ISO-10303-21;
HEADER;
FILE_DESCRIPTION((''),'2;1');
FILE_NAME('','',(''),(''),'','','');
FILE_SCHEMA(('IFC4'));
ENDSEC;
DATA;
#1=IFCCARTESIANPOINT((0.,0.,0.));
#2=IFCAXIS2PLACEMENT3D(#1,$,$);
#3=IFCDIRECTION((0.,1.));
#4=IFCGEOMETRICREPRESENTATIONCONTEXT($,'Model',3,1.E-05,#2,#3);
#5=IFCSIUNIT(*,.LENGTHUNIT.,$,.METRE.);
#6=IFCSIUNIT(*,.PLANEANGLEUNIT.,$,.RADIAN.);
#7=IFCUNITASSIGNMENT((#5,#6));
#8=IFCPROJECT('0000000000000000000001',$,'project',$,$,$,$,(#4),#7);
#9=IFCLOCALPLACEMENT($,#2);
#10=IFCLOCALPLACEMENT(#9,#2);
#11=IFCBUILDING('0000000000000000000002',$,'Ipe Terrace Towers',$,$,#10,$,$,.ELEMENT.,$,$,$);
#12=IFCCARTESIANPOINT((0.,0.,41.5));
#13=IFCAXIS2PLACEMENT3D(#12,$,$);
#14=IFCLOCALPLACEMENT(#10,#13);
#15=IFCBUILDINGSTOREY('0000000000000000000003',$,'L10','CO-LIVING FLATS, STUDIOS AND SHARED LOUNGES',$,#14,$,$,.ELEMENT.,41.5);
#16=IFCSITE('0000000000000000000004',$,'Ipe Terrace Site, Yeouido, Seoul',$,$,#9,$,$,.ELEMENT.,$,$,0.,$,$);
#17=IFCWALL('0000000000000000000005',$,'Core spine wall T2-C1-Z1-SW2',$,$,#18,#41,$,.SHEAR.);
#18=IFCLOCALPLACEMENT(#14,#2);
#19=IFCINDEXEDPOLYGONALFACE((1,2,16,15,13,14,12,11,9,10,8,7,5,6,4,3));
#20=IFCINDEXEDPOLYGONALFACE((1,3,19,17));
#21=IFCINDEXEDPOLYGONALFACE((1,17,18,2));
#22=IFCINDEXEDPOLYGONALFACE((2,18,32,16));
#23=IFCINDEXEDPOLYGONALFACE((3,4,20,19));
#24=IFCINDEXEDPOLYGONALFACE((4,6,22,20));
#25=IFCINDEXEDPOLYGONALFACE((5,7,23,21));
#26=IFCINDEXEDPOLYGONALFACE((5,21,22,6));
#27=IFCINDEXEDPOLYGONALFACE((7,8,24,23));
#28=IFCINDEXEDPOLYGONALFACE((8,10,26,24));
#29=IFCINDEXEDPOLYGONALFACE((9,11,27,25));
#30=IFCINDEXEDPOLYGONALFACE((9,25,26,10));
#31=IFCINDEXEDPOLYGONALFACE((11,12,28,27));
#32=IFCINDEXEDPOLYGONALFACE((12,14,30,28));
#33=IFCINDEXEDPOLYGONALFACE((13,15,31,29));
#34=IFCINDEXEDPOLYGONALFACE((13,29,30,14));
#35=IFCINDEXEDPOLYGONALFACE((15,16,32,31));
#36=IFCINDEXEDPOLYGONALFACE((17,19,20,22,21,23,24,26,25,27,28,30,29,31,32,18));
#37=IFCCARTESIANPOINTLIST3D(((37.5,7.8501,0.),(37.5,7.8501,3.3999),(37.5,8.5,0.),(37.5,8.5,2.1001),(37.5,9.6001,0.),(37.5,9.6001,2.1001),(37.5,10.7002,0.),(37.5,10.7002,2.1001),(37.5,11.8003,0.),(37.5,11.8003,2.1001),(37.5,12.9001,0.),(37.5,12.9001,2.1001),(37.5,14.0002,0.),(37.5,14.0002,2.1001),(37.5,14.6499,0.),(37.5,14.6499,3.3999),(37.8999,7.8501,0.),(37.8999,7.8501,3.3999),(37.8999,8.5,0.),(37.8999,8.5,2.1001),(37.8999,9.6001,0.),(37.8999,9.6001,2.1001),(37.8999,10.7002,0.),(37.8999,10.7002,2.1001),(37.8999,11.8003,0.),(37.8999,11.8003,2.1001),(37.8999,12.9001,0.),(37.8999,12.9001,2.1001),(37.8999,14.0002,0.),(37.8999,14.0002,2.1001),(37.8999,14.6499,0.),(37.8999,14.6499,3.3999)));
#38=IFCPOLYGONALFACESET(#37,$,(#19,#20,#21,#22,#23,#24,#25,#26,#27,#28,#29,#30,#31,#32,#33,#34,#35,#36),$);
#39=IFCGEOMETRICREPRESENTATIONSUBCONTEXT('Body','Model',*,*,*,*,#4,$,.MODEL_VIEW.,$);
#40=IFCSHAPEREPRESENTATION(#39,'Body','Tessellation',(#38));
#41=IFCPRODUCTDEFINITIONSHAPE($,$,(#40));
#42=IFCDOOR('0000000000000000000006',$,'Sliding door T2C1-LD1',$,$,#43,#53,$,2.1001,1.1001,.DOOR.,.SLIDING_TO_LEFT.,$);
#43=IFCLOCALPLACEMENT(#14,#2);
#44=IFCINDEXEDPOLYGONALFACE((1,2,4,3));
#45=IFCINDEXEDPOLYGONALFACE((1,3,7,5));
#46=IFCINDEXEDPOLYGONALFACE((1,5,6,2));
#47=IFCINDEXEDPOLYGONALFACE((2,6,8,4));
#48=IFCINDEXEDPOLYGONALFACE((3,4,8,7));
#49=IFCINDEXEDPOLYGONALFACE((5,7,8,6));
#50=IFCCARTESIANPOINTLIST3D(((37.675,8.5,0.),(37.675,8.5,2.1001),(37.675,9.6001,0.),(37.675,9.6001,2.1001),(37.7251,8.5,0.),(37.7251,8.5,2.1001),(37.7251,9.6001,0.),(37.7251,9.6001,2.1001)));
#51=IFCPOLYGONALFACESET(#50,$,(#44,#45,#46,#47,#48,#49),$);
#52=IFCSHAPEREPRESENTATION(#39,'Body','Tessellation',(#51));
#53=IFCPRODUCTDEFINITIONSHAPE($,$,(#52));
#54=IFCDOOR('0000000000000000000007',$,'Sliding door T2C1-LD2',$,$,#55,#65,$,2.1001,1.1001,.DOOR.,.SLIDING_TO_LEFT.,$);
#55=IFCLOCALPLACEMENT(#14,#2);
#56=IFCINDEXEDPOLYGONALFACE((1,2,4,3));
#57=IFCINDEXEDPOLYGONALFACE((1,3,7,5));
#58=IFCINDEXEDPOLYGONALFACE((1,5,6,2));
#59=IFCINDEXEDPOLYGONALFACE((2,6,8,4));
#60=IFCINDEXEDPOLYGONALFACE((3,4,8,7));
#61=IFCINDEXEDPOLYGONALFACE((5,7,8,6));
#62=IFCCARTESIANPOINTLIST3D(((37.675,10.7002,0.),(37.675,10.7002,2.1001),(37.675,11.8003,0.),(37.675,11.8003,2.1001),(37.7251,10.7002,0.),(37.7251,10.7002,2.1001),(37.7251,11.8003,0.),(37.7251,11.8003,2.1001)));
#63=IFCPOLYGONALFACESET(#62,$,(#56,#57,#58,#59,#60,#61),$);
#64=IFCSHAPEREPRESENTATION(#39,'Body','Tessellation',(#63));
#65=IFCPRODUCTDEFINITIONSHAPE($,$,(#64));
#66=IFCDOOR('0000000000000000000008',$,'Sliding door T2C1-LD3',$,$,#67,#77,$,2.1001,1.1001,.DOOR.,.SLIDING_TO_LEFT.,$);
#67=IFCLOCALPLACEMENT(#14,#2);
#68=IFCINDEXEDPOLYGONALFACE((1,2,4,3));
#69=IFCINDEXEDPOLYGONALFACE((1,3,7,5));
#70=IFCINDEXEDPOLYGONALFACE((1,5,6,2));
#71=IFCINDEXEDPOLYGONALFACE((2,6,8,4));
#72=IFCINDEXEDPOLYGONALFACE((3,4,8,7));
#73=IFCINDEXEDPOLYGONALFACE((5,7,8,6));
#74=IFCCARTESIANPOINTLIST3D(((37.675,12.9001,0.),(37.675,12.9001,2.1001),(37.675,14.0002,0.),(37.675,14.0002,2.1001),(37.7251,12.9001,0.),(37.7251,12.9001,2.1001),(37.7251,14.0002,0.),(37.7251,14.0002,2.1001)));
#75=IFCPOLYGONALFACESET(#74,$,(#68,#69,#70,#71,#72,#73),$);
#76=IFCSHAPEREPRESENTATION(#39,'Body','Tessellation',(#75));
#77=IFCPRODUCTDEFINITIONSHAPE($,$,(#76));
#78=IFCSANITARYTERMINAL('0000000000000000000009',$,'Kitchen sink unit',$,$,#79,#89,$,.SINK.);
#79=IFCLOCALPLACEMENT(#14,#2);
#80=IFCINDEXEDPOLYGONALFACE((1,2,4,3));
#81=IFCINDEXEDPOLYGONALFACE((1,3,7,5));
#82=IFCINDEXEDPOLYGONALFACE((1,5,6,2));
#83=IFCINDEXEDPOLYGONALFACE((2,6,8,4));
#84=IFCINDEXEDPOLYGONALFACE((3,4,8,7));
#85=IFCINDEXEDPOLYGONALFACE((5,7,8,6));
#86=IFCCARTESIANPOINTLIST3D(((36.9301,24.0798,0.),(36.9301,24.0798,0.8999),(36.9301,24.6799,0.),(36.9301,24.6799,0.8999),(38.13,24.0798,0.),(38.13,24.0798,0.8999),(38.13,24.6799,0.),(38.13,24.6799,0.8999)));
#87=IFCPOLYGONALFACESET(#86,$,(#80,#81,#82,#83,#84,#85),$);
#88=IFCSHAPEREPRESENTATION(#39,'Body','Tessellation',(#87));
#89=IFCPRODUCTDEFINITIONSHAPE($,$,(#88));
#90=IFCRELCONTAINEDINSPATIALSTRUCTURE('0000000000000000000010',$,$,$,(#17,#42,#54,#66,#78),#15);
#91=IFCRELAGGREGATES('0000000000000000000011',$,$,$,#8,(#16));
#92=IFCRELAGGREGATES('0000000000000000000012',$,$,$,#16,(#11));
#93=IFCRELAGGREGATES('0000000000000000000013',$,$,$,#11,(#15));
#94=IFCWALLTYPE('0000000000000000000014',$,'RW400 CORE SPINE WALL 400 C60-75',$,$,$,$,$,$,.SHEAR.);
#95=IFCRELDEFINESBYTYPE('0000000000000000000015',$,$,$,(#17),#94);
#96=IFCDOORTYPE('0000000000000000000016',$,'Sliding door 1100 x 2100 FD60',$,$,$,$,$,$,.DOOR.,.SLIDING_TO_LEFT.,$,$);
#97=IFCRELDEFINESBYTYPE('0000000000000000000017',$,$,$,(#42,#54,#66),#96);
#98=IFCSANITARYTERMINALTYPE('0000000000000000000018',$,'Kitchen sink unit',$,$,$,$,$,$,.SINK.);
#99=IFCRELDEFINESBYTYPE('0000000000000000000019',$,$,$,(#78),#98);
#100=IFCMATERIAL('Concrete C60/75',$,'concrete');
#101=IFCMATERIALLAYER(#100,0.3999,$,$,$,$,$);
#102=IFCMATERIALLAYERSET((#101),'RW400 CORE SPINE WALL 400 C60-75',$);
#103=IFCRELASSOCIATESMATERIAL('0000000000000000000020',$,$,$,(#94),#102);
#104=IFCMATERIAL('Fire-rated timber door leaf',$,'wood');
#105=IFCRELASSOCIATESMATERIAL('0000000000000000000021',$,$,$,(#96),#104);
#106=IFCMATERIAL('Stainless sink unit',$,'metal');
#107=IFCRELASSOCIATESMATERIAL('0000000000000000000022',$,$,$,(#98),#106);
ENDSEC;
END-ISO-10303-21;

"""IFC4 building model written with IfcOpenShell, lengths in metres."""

from ifc_helpers import new_model, si_unit, direction, frame, frame_2d, origin, origin_2d, place, context, subcontext, project, spatial, rectangle, extrude, material, layer, layer_set, type_object, element, fill, save


model = new_model("IFC4")

# Units and contexts
model_context = context("Model", 3, precision=1e-05, world=origin(), true_north=direction((0.0, 1.0)))
body_context = subcontext(model_context, "Body", "Model", "MODEL_VIEW")
ifc_project = project(units=[si_unit("LENGTHUNIT", "METRE"), si_unit("PLANEANGLEUNIT", "RADIAN")], contexts=[model_context])

# Site, building, storey
site_placement = place(None, origin())
site = spatial("IfcSite", under=ifc_project, at=site_placement, Name="Ipe Terrace Site, Yeouido, Seoul", CompositionType="ELEMENT", RefElevation=0.0)
building_placement = place(site_placement, origin())
building = spatial("IfcBuilding", under=site, at=building_placement, Name="Ipe Terrace Towers", CompositionType="ELEMENT")
storey_placement = place(building_placement, frame((0.0, 0.0, 41.5)))
storey = spatial("IfcBuildingStorey", under=building, at=storey_placement, Name="L10", Description="CO-LIVING FLATS, STUDIOS AND SHARED LOUNGES", CompositionType="ELEMENT", Elevation=41.5)

# Wall, openings, doors
ifc_material_1 = material(Name="Concrete C60/75", Category="concrete")
ifc_layer_1 = layer(ifc_material_1, 0.3999)
ifc_layer_set_1 = layer_set([ifc_layer_1], Name="RW400 CORE SPINE WALL 400 C60-75")
wall_type_1 = type_object("IfcWallType", Name="RW400 CORE SPINE WALL 400 C60-75", PredefinedType="SHEAR", material=ifc_layer_set_1)
wall_1_placement = place(storey_placement, frame((37.7, 7.8501, 0.0), z_axis=(0.0, 0.0, 1.0), x_axis=(0.0, 1.0, 0.0)))
wall_1 = element("IfcWall", 1, at=wall_1_placement, inside=storey, type_object=wall_type_1, Name="Core spine wall T2-C1-Z1-SW2", PredefinedType="SHEAR", context=body_context, shape_type="SweptSolid", body=[
    extrude(rectangle(XDim=6.7998, YDim=0.3999, at=frame_2d((3.3999, 0.0))), origin(), (0.0, 0.0, 1.0), 3.3999),
])
opening_1_placement = place(wall_1_placement, frame((0.6499, 0.0, 0.0)))
opening_1 = element("IfcOpeningElement", 2, at=opening_1_placement, cuts=wall_1, PredefinedType="OPENING", context=body_context, shape_type="SweptSolid", body=[
    extrude(rectangle(XDim=1.1001, YDim=2.1001, at=frame_2d((0.55, 1.05))), frame((0.0, 0.21, 0.0), z_axis=(0.0, -1.0, 0.0), x_axis=(1.0, 0.0, 0.0)), (0.0, 0.0, 1.0), 0.4199),
])
opening_2_placement = place(wall_1_placement, frame((2.8501, 0.0, 0.0)))
opening_2 = element("IfcOpeningElement", 3, at=opening_2_placement, cuts=wall_1, PredefinedType="OPENING", context=body_context, shape_type="SweptSolid", body=[
    extrude(rectangle(XDim=1.1001, YDim=2.1001, at=frame_2d((0.55, 1.05))), frame((0.0, 0.21, 0.0), z_axis=(0.0, -1.0, 0.0), x_axis=(1.0, 0.0, 0.0)), (0.0, 0.0, 1.0), 0.4199),
])
opening_3_placement = place(wall_1_placement, frame((5.05, 0.0, 0.0)))
opening_3 = element("IfcOpeningElement", 4, at=opening_3_placement, cuts=wall_1, PredefinedType="OPENING", context=body_context, shape_type="SweptSolid", body=[
    extrude(rectangle(XDim=1.1001, YDim=2.1001, at=frame_2d((0.55, 1.05))), frame((0.0, 0.21, 0.0), z_axis=(0.0, -1.0, 0.0), x_axis=(1.0, 0.0, 0.0)), (0.0, 0.0, 1.0), 0.4199),
])
ifc_material_2 = material(Name="Fire-rated timber door leaf", Category="wood")
door_type_1 = type_object("IfcDoorType", Name="Sliding door 1100 x 2100 FD60", OperationType="SLIDING_TO_LEFT", PredefinedType="DOOR", material=ifc_material_2)
door_1_placement = place(opening_1_placement, origin())
door_1 = element("IfcDoor", 5, at=door_1_placement, inside=storey, type_object=door_type_1, Name="Sliding door T2C1-LD1", OperationType="SLIDING_TO_LEFT", OverallHeight=2.1001, OverallWidth=1.1001, PredefinedType="DOOR", context=body_context, shape_type="SweptSolid", body=[
    extrude(rectangle(XDim=1.1001, YDim=2.1001, at=frame_2d((0.55, 1.05))), frame((0.0, 0.0249, 0.0), z_axis=(0.0, -1.0, 0.0), x_axis=(1.0, 0.0, 0.0)), (0.0, 0.0, 1.0), 0.05),
])
fill(opening_1, door_1)
door_2_placement = place(opening_2_placement, origin())
door_2 = element("IfcDoor", 6, at=door_2_placement, inside=storey, type_object=door_type_1, Name="Sliding door T2C1-LD2", OperationType="SLIDING_TO_LEFT", OverallHeight=2.1001, OverallWidth=1.1001, PredefinedType="DOOR", context=body_context, shape_type="SweptSolid", body=[
    extrude(rectangle(XDim=1.1001, YDim=2.1001, at=frame_2d((0.55, 1.05))), frame((0.0, 0.0249, 0.0), z_axis=(0.0, -1.0, 0.0), x_axis=(1.0, 0.0, 0.0)), (0.0, 0.0, 1.0), 0.05),
])
fill(opening_2, door_2)
door_3_placement = place(opening_3_placement, origin())
door_3 = element("IfcDoor", 7, at=door_3_placement, inside=storey, type_object=door_type_1, Name="Sliding door T2C1-LD3", OperationType="SLIDING_TO_LEFT", OverallHeight=2.1001, OverallWidth=1.1001, PredefinedType="DOOR", context=body_context, shape_type="SweptSolid", body=[
    extrude(rectangle(XDim=1.1001, YDim=2.1001, at=frame_2d((0.55, 1.05))), frame((0.0, 0.0249, 0.0), z_axis=(0.0, -1.0, 0.0), x_axis=(1.0, 0.0, 0.0)), (0.0, 0.0, 1.0), 0.05),
])
fill(opening_3, door_3)

# Sanitary terminal
ifc_material_3 = material(Name="Stainless sink unit", Category="metal")
sanitary_terminal_type = type_object("IfcSanitaryTerminalType", Name="Kitchen sink unit", PredefinedType="SINK", material=ifc_material_3)
sanitary_terminal_placement = place(storey_placement, frame((37.53, 24.3799, 0.0), z_axis=(0.0, 0.0, 1.0), x_axis=(1.0, 0.0, 0.0)))
element("IfcSanitaryTerminal", 8, at=sanitary_terminal_placement, inside=storey, type_object=sanitary_terminal_type, Name="Kitchen sink unit", PredefinedType="SINK", context=body_context, shape_type="SweptSolid", body=[
    extrude(rectangle(XDim=1.2, YDim=0.6001, at=origin_2d()), origin(), (0.0, 0.0, 1.0), 0.8999),
])

save(model, "model.ifc")
